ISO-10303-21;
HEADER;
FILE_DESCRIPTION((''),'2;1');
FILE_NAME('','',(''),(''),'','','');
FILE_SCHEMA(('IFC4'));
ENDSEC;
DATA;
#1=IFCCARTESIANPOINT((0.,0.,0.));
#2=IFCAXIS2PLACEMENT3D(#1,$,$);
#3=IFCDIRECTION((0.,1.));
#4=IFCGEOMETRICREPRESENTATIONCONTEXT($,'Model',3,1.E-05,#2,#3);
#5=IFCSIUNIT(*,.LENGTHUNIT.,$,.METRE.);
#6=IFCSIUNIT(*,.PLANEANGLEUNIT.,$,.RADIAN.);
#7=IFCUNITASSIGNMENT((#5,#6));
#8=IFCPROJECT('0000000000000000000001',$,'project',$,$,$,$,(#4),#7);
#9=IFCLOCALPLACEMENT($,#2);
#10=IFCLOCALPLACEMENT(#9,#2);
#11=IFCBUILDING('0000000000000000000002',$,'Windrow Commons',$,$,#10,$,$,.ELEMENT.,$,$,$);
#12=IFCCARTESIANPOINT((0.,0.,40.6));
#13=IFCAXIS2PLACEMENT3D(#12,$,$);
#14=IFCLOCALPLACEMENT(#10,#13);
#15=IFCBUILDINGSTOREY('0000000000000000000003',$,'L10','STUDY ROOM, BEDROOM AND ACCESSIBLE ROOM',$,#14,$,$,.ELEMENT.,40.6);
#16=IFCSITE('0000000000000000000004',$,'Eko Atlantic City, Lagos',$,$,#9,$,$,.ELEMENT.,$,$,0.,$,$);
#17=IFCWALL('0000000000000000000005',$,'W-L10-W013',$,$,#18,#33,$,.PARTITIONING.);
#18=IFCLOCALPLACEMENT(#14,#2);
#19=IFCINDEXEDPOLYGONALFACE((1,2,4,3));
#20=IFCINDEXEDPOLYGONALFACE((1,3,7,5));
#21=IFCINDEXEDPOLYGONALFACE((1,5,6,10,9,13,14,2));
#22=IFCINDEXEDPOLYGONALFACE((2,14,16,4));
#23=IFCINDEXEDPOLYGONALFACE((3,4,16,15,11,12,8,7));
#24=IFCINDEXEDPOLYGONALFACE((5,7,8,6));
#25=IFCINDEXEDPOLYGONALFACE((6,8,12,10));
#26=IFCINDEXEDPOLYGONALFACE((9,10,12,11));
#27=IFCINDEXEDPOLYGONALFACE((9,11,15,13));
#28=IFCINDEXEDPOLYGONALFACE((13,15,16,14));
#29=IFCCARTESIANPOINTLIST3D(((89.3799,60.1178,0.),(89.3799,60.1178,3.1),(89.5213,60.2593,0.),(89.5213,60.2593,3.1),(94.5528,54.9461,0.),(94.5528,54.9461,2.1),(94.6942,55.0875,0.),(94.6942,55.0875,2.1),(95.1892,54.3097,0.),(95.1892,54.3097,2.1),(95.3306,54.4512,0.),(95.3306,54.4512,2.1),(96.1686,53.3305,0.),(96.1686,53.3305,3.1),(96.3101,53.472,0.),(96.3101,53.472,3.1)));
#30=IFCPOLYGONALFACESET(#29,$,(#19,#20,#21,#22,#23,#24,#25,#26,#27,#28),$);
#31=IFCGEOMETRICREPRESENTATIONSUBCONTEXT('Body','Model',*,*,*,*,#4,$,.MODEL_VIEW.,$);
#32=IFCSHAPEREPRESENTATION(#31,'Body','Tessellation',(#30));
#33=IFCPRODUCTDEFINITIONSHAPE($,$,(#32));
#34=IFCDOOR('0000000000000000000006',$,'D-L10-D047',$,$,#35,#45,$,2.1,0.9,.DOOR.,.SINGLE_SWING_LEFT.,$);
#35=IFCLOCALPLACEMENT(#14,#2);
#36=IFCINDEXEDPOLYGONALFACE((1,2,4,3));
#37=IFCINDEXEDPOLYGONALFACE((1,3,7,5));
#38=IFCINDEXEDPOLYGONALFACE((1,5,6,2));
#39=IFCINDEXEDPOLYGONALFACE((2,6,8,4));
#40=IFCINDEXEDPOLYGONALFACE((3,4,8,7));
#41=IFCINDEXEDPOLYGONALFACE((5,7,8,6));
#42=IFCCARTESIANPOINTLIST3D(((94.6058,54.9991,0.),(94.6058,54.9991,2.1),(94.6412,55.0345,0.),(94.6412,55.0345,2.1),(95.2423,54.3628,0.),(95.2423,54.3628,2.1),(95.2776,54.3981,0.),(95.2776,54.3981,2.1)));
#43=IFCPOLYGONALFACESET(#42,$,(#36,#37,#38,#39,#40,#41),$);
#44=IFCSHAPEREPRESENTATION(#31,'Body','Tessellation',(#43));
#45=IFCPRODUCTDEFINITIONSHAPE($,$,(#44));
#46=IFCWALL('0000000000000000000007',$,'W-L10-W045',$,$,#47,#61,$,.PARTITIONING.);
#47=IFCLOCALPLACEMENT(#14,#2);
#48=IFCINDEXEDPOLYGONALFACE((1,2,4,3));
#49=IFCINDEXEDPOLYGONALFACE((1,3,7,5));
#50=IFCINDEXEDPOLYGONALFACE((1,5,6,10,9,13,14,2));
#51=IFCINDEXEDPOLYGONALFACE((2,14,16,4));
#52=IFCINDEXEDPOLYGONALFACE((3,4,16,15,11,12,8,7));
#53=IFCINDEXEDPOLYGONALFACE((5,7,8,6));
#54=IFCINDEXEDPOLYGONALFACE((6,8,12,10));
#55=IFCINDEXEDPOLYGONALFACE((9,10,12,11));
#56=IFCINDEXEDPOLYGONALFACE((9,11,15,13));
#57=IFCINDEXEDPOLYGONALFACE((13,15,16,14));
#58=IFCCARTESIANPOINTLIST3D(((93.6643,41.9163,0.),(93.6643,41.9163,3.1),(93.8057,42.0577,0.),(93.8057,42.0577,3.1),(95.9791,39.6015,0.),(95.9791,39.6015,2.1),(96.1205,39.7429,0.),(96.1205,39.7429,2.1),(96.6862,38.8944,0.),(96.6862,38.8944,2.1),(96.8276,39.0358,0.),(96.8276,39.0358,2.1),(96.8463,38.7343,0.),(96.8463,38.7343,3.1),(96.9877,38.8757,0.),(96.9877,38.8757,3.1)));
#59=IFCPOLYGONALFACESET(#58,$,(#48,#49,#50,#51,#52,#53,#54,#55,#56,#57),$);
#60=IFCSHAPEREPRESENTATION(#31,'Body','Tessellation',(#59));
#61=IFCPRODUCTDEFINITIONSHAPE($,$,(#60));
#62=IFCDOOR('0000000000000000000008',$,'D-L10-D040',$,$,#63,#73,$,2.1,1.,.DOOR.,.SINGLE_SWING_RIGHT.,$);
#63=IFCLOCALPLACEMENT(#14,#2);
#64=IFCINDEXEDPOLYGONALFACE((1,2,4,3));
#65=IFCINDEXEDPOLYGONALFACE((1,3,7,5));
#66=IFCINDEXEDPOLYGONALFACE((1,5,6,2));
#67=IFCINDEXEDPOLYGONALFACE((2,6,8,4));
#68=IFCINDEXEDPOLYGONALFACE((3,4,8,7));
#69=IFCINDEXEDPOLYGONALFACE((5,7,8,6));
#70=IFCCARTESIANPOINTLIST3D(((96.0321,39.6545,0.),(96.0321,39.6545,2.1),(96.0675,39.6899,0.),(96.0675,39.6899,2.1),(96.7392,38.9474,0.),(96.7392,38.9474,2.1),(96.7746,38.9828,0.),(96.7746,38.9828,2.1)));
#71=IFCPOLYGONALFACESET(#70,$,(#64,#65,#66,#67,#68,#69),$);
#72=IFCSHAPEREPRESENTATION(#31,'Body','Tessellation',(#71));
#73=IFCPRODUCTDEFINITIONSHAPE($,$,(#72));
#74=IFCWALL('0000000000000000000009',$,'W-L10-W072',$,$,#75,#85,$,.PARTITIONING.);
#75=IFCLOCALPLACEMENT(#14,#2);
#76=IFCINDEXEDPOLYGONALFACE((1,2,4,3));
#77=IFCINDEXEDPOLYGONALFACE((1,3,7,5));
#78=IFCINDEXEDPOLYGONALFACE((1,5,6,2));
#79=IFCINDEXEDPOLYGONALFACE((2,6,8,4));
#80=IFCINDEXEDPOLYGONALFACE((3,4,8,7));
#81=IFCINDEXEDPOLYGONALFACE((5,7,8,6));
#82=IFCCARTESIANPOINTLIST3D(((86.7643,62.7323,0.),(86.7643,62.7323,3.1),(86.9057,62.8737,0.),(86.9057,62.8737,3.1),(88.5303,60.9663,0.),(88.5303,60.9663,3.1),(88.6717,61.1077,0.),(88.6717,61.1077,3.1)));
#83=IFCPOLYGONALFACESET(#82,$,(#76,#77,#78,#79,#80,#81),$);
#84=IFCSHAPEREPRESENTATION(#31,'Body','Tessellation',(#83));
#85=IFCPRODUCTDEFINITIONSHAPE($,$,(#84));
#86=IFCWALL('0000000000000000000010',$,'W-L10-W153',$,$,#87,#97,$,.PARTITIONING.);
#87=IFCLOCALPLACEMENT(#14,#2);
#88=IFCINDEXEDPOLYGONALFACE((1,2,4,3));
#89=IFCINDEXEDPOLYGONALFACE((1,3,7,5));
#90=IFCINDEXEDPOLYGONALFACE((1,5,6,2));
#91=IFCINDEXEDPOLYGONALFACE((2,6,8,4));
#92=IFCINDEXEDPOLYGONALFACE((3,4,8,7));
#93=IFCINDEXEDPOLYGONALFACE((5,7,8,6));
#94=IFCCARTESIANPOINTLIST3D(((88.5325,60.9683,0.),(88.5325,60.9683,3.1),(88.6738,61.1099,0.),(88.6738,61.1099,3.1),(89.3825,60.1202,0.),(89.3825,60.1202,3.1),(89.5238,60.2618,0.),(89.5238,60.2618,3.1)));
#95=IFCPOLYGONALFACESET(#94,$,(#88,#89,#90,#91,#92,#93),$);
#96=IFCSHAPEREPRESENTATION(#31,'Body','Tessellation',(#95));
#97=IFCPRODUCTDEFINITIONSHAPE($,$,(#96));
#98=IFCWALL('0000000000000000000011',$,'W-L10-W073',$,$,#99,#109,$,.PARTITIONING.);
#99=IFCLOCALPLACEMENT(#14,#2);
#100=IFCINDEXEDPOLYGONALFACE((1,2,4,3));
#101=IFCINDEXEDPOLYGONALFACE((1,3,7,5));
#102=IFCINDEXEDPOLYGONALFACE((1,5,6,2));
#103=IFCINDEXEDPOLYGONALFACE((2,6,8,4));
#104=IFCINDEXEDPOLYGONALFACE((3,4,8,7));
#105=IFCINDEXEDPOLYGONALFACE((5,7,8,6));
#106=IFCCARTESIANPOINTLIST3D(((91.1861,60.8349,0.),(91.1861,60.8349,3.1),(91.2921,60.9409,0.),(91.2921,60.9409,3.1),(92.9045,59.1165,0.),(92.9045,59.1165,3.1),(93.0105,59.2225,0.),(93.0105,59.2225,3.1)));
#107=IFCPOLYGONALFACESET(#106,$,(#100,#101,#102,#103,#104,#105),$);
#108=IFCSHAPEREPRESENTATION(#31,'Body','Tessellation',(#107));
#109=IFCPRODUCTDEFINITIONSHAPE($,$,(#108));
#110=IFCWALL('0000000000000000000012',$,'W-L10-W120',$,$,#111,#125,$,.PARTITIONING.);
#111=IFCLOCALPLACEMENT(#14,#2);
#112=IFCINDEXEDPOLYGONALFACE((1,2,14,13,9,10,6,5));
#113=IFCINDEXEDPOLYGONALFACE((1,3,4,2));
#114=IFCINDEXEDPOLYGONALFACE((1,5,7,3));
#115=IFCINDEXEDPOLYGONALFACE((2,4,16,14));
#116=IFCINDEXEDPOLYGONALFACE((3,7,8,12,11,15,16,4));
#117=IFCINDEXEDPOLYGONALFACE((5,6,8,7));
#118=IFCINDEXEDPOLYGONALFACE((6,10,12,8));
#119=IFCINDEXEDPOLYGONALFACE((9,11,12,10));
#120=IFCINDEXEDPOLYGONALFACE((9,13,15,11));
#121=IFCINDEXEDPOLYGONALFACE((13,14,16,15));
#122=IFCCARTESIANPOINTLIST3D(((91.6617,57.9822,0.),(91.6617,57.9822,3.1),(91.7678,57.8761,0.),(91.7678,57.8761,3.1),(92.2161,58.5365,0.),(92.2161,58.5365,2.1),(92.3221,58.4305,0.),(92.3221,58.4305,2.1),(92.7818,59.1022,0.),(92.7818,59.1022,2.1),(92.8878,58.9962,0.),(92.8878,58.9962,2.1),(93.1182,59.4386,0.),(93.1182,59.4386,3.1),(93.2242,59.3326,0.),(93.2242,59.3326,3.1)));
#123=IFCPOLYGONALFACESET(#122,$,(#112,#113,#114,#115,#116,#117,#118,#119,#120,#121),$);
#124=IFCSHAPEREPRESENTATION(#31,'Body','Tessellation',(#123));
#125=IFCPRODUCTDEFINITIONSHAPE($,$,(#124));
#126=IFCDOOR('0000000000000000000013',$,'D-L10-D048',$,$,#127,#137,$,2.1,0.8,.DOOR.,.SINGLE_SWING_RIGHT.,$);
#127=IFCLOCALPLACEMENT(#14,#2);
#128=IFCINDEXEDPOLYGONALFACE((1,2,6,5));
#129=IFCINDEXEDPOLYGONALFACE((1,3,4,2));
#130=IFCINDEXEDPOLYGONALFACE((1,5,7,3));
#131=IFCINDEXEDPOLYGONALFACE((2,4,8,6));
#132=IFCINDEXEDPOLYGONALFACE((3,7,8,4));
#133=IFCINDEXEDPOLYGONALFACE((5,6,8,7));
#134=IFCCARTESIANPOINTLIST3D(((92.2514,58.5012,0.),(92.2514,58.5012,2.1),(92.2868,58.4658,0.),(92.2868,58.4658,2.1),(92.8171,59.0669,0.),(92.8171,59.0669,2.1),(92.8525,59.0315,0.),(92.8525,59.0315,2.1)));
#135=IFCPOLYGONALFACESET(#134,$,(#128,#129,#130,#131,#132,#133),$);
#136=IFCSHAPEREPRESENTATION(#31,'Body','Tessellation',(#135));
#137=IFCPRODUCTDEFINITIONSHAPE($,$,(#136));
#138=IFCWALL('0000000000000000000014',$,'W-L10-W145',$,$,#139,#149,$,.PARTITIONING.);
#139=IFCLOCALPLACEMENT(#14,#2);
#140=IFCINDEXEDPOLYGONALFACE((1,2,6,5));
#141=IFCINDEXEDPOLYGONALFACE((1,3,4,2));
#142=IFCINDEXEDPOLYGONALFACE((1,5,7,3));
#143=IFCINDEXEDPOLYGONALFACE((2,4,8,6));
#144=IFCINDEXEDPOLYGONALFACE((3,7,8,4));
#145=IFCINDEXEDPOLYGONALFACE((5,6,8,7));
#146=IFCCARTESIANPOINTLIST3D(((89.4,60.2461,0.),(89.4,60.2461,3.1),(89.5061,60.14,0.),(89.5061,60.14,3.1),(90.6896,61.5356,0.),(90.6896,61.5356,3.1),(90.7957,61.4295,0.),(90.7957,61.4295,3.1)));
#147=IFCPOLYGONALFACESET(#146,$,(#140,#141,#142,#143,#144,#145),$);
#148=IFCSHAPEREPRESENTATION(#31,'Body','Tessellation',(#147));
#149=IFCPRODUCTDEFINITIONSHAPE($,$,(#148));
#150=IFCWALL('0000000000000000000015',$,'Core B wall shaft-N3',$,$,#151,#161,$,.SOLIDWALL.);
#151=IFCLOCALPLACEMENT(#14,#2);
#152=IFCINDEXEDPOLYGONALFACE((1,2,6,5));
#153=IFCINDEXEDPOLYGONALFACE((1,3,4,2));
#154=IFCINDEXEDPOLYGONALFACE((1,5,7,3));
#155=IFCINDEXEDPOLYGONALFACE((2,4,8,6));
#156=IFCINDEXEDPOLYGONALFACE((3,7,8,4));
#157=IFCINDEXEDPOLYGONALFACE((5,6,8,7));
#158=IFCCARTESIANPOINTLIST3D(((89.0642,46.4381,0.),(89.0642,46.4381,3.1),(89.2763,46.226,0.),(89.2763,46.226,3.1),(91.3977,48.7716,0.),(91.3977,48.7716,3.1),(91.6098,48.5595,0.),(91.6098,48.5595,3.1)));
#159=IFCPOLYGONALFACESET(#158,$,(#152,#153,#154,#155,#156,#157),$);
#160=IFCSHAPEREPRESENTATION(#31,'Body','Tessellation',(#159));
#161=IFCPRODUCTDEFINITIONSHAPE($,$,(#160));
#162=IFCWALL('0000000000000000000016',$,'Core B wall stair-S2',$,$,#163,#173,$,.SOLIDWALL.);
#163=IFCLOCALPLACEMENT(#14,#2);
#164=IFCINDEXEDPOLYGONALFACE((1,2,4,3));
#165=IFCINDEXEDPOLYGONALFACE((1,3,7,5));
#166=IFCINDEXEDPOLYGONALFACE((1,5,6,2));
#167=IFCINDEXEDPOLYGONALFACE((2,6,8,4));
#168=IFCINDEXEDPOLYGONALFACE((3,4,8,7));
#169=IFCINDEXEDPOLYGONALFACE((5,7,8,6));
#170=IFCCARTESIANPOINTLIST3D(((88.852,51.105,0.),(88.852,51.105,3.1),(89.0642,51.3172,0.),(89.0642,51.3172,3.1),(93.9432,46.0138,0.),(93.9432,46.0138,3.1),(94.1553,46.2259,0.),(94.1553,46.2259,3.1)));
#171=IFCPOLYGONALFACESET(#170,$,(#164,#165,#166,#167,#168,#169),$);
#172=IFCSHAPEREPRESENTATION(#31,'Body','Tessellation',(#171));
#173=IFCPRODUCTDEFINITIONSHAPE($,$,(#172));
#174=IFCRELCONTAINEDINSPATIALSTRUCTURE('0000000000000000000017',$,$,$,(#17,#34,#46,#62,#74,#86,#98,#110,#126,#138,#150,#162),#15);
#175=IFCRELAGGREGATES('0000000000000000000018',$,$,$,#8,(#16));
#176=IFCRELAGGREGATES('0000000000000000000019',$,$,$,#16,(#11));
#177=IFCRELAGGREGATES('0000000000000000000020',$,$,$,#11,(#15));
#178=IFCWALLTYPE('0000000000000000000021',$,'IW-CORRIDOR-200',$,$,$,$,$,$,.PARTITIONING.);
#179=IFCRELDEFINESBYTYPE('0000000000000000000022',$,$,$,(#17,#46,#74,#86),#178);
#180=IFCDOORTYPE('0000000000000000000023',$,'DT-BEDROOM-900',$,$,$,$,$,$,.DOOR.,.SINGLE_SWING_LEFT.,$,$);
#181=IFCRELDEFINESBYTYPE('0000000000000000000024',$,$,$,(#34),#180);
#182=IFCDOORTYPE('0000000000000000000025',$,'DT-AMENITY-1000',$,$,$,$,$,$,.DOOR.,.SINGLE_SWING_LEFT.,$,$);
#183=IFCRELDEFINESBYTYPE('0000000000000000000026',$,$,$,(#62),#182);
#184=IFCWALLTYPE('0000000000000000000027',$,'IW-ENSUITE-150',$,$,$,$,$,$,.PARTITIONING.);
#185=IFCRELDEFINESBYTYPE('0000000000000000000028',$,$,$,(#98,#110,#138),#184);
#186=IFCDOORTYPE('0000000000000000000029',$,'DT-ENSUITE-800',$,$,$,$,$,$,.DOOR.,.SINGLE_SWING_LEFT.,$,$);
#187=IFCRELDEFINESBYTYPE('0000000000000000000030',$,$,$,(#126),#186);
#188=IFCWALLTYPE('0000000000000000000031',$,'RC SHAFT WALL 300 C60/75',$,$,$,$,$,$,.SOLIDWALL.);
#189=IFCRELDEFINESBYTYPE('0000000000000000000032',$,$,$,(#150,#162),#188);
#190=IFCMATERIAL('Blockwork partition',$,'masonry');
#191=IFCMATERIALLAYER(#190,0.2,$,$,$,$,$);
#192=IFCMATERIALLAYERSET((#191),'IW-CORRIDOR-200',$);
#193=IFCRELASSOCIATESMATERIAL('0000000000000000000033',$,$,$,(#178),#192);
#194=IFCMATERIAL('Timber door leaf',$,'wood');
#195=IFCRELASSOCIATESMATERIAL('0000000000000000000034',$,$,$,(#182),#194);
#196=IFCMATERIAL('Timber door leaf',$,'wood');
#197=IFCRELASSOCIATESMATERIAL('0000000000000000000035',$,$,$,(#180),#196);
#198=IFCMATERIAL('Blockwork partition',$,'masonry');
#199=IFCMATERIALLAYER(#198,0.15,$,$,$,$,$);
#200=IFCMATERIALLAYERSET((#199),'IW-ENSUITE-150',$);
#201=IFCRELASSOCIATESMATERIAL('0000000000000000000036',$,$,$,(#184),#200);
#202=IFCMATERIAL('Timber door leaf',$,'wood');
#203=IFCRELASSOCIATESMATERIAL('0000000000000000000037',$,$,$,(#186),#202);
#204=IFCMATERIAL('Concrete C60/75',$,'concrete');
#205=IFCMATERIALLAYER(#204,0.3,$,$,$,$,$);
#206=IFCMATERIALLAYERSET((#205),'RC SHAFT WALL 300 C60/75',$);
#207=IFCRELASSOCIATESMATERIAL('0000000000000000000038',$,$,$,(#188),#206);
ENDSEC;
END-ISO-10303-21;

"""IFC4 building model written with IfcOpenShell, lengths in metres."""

from ifc_helpers import new_model, si_unit, direction, frame, frame_2d, origin, place, context, subcontext, project, spatial, rectangle, extrude, material, layer, layer_set, type_object, element, fill, save


model = new_model("IFC4")

# Units and contexts
model_context = context("Model", 3, precision=1e-05, world=origin(), true_north=direction((0.0, 1.0)))
body_context = subcontext(model_context, "Body", "Model", "MODEL_VIEW")
ifc_project = project(units=[si_unit("LENGTHUNIT", "METRE"), si_unit("PLANEANGLEUNIT", "RADIAN")], contexts=[model_context])

# Site, building, storey
site_placement = place(None, origin())
site = spatial("IfcSite", under=ifc_project, at=site_placement, Name="Eko Atlantic City, Lagos", CompositionType="ELEMENT", RefElevation=0.0)
building_placement = place(site_placement, origin())
building = spatial("IfcBuilding", under=site, at=building_placement, Name="Windrow Commons", CompositionType="ELEMENT")
storey_placement = place(building_placement, frame((0.0, 0.0, 40.6)))
storey = spatial("IfcBuildingStorey", under=building, at=storey_placement, Name="L10", Description="STUDY ROOM, BEDROOM AND ACCESSIBLE ROOM", CompositionType="ELEMENT", Elevation=40.6)

# Walls, openings, doors
ifc_material_1 = material(Name="Blockwork partition", Category="masonry")
ifc_layer_1 = layer(ifc_material_1, 0.2)
ifc_layer_set_1 = layer_set([ifc_layer_1], Name="IW-CORRIDOR-200")
wall_type_1 = type_object("IfcWallType", Name="IW-CORRIDOR-200", PredefinedType="PARTITIONING", material=ifc_layer_set_1)
ifc_material_2 = material(Name="Timber door leaf", Category="wood")
door_type_1 = type_object("IfcDoorType", Name="DT-AMENITY-1000", OperationType="SINGLE_SWING_LEFT", PredefinedType="DOOR", material=ifc_material_2)
wall_1_placement = place(storey_placement, frame((89.4506, 60.1886, 0.0), z_axis=(0.0, 0.0, 1.0), x_axis=(0.70718, -0.707034, 0.0)))
wall_1 = element("IfcWall", 1, at=wall_1_placement, inside=storey, type_object=wall_type_1, Name="W-L10-W013", PredefinedType="PARTITIONING", context=body_context, shape_type="SweptSolid", body=[
    extrude(rectangle(XDim=9.5997, YDim=0.2, at=frame_2d((4.7999, 0.0))), origin(), (0.0, 0.0, 1.0), 3.1),
])
opening_1_placement = place(wall_1_placement, frame((7.3148, 0.0, 0.0)))
opening_1 = element("IfcOpeningElement", 2, at=opening_1_placement, cuts=wall_1, PredefinedType="OPENING", context=body_context, shape_type="SweptSolid", body=[
    extrude(rectangle(XDim=0.9, YDim=2.1, at=frame_2d((0.45, 1.05))), frame((0.0, 0.11, 0.0), z_axis=(0.0, -1.0, 0.0), x_axis=(1.0, 0.0, 0.0)), (0.0, 0.0, 1.0), 0.22),
])
ifc_material_3 = material(Name="Timber door leaf", Category="wood")
door_type_2 = type_object("IfcDoorType", Name="DT-BEDROOM-900", OperationType="SINGLE_SWING_LEFT", PredefinedType="DOOR", material=ifc_material_3)
door_1_placement = place(opening_1_placement, origin())
door_1 = element("IfcDoor", 3, at=door_1_placement, inside=storey, type_object=door_type_2, Name="D-L10-D047", OperationType="SINGLE_SWING_LEFT", OverallHeight=2.1, OverallWidth=0.9, PredefinedType="DOOR", context=body_context, shape_type="SweptSolid", body=[
    extrude(rectangle(XDim=0.9, YDim=2.1, at=frame_2d((0.45, 1.05))), frame((0.0, 0.025, 0.0), z_axis=(0.0, -1.0, 0.0), x_axis=(1.0, 0.0, 0.0)), (0.0, 0.0, 1.0), 0.05),
])
fill(opening_1, door_1)
wall_2_placement = place(storey_placement, frame((93.735, 41.987, 0.0), z_axis=(0.0, 0.0, 1.0), x_axis=(0.707107, -0.707107, 0.0)))
wall_2 = element("IfcWall", 4, at=wall_2_placement, inside=storey, type_object=wall_type_1, Name="W-L10-W045", PredefinedType="PARTITIONING", context=body_context, shape_type="SweptSolid", body=[
    extrude(rectangle(XDim=4.5, YDim=0.2, at=frame_2d((2.25, 0.0))), origin(), (0.0, 0.0, 1.0), 3.1),
])
opening_2_placement = place(wall_2_placement, frame((3.2736, 0.0, 0.0)))
opening_2 = element("IfcOpeningElement", 5, at=opening_2_placement, cuts=wall_2, PredefinedType="OPENING", context=body_context, shape_type="SweptSolid", body=[
    extrude(rectangle(XDim=1.0, YDim=2.1, at=frame_2d((0.5, 1.05))), frame((0.0, 0.11, 0.0), z_axis=(0.0, -1.0, 0.0), x_axis=(1.0, 0.0, 0.0)), (0.0, 0.0, 1.0), 0.22),
])
door_2_placement = place(opening_2_placement, origin())
door_2 = element("IfcDoor", 6, at=door_2_placement, inside=storey, type_object=door_type_1, Name="D-L10-D040", OperationType="SINGLE_SWING_RIGHT", OverallHeight=2.1, OverallWidth=1.0, PredefinedType="DOOR", context=body_context, shape_type="SweptSolid", body=[
    extrude(rectangle(XDim=1.0, YDim=2.1, at=frame_2d((0.5, 1.05))), frame((0.0, 0.025, 0.0), z_axis=(0.0, -1.0, 0.0), x_axis=(1.0, 0.0, 0.0)), (0.0, 0.0, 1.0), 0.05),
])
fill(opening_2, door_2)

# Walls
wall_3_placement = place(storey_placement, frame((86.835, 62.803, 0.0), z_axis=(0.0, 0.0, 1.0), x_axis=(0.707107, -0.707107, 0.0)))
element("IfcWall", 7, at=wall_3_placement, inside=storey, type_object=wall_type_1, Name="W-L10-W072", PredefinedType="PARTITIONING", context=body_context, shape_type="SweptSolid", body=[
    extrude(rectangle(XDim=2.4975, YDim=0.2, at=frame_2d((1.2488, 0.0))), origin(), (0.0, 0.0, 1.0), 3.1),
])
wall_4_placement = place(storey_placement, frame((88.6031, 61.0391, 0.0), z_axis=(0.0, 0.0, 1.0), x_axis=(0.707939, -0.706273, 0.0)))
element("IfcWall", 8, at=wall_4_placement, inside=storey, type_object=wall_type_1, Name="W-L10-W153", PredefinedType="PARTITIONING", context=body_context, shape_type="SweptSolid", body=[
    extrude(rectangle(XDim=1.2007, YDim=0.2, at=frame_2d((0.6004, 0.0))), origin(), (0.0, 0.0, 1.0), 3.1),
])
ifc_material_4 = material(Name="Blockwork partition", Category="masonry")
ifc_layer_2 = layer(ifc_material_4, 0.15)
ifc_layer_set_2 = layer_set([ifc_layer_2], Name="IW-ENSUITE-150")
wall_type_2 = type_object("IfcWallType", Name="IW-ENSUITE-150", PredefinedType="PARTITIONING", material=ifc_layer_set_2)
wall_5_placement = place(storey_placement, frame((91.2391, 60.8879, 0.0), z_axis=(0.0, 0.0, 1.0), x_axis=(0.707107, -0.707107, 0.0)))
element("IfcWall", 9, at=wall_5_placement, inside=storey, type_object=wall_type_2, Name="W-L10-W073", PredefinedType="PARTITIONING", context=body_context, shape_type="SweptSolid", body=[
    extrude(rectangle(XDim=2.4302, YDim=0.15, at=frame_2d((1.2151, 0.0))), origin(), (0.0, 0.0, 1.0), 3.1),
])

# Wall, opening, door
wall_6_placement = place(storey_placement, frame((91.7148, 57.9292, 0.0), z_axis=(0.0, 0.0, 1.0), x_axis=(0.707107, 0.707107, 0.0)))
wall_6 = element("IfcWall", 10, at=wall_6_placement, inside=storey, type_object=wall_type_2, Name="W-L10-W120", PredefinedType="PARTITIONING", context=body_context, shape_type="SweptSolid", body=[
    extrude(rectangle(XDim=2.0597, YDim=0.15, at=frame_2d((1.0298, 0.0))), origin(), (0.0, 0.0, 1.0), 3.1),
])
opening_3_placement = place(wall_6_placement, frame((0.7839, 0.0, 0.0)))
opening_3 = element("IfcOpeningElement", 11, at=opening_3_placement, cuts=wall_6, PredefinedType="OPENING", context=body_context, shape_type="SweptSolid", body=[
    extrude(rectangle(XDim=0.8, YDim=2.1, at=frame_2d((0.4, 1.05))), frame((0.0, 0.085, 0.0), z_axis=(0.0, -1.0, 0.0), x_axis=(1.0, 0.0, 0.0)), (0.0, 0.0, 1.0), 0.17),
])
ifc_material_5 = material(Name="Timber door leaf", Category="wood")
door_type_3 = type_object("IfcDoorType", Name="DT-ENSUITE-800", OperationType="SINGLE_SWING_LEFT", PredefinedType="DOOR", material=ifc_material_5)
door_3_placement = place(opening_3_placement, origin())
door_3 = element("IfcDoor", 12, at=door_3_placement, inside=storey, type_object=door_type_3, Name="D-L10-D048", OperationType="SINGLE_SWING_RIGHT", OverallHeight=2.1, OverallWidth=0.8, PredefinedType="DOOR", context=body_context, shape_type="SweptSolid", body=[
    extrude(rectangle(XDim=0.8, YDim=2.1, at=frame_2d((0.4, 1.05))), frame((0.0, 0.025, 0.0), z_axis=(0.0, -1.0, 0.0), x_axis=(1.0, 0.0, 0.0)), (0.0, 0.0, 1.0), 0.05),
])
fill(opening_3, door_3)

# Walls
wall_7_placement = place(storey_placement, frame((89.453, 60.193, 0.0), z_axis=(0.0, 0.0, 1.0), x_axis=(0.707134, 0.707079, 0.0)))
element("IfcWall", 13, at=wall_7_placement, inside=storey, type_object=wall_type_2, Name="W-L10-W145", PredefinedType="PARTITIONING", context=body_context, shape_type="SweptSolid", body=[
    extrude(rectangle(XDim=1.8237, YDim=0.15, at=frame_2d((0.9119, 0.0))), origin(), (0.0, 0.0, 1.0), 3.1),
])
ifc_material_6 = material(Name="Concrete C60/75", Category="concrete")
ifc_layer_3 = layer(ifc_material_6, 0.3)
ifc_layer_set_3 = layer_set([ifc_layer_3], Name="RC SHAFT WALL 300 C60/75")
wall_type_3 = type_object("IfcWallType", Name="RC SHAFT WALL 300 C60/75", PredefinedType="SOLIDWALL", material=ifc_layer_set_3)
wall_8_placement = place(storey_placement, frame((89.1702, 46.332, 0.0), z_axis=(0.0, 0.0, 1.0), x_axis=(0.707107, 0.707107, 0.0)))
element("IfcWall", 14, at=wall_8_placement, inside=storey, type_object=wall_type_3, Name="Core B wall shaft-N3", PredefinedType="SOLIDWALL", context=body_context, shape_type="SweptSolid", body=[
    extrude(rectangle(XDim=3.3001, YDim=0.3, at=frame_2d((1.6501, 0.0))), origin(), (0.0, 0.0, 1.0), 3.1),
])
wall_9_placement = place(storey_placement, frame((88.9581, 51.2111, 0.0), z_axis=(0.0, 0.0, 1.0), x_axis=(0.7071, -0.707114, 0.0)))
element("IfcWall", 15, at=wall_9_placement, inside=storey, type_object=wall_type_3, Name="Core B wall stair-S2", PredefinedType="SOLIDWALL", context=body_context, shape_type="SweptSolid", body=[
    extrude(rectangle(XDim=7.2, YDim=0.3, at=frame_2d((3.6, 0.0))), origin(), (0.0, 0.0, 1.0), 3.1),
])

save(model, "model.ifc")
